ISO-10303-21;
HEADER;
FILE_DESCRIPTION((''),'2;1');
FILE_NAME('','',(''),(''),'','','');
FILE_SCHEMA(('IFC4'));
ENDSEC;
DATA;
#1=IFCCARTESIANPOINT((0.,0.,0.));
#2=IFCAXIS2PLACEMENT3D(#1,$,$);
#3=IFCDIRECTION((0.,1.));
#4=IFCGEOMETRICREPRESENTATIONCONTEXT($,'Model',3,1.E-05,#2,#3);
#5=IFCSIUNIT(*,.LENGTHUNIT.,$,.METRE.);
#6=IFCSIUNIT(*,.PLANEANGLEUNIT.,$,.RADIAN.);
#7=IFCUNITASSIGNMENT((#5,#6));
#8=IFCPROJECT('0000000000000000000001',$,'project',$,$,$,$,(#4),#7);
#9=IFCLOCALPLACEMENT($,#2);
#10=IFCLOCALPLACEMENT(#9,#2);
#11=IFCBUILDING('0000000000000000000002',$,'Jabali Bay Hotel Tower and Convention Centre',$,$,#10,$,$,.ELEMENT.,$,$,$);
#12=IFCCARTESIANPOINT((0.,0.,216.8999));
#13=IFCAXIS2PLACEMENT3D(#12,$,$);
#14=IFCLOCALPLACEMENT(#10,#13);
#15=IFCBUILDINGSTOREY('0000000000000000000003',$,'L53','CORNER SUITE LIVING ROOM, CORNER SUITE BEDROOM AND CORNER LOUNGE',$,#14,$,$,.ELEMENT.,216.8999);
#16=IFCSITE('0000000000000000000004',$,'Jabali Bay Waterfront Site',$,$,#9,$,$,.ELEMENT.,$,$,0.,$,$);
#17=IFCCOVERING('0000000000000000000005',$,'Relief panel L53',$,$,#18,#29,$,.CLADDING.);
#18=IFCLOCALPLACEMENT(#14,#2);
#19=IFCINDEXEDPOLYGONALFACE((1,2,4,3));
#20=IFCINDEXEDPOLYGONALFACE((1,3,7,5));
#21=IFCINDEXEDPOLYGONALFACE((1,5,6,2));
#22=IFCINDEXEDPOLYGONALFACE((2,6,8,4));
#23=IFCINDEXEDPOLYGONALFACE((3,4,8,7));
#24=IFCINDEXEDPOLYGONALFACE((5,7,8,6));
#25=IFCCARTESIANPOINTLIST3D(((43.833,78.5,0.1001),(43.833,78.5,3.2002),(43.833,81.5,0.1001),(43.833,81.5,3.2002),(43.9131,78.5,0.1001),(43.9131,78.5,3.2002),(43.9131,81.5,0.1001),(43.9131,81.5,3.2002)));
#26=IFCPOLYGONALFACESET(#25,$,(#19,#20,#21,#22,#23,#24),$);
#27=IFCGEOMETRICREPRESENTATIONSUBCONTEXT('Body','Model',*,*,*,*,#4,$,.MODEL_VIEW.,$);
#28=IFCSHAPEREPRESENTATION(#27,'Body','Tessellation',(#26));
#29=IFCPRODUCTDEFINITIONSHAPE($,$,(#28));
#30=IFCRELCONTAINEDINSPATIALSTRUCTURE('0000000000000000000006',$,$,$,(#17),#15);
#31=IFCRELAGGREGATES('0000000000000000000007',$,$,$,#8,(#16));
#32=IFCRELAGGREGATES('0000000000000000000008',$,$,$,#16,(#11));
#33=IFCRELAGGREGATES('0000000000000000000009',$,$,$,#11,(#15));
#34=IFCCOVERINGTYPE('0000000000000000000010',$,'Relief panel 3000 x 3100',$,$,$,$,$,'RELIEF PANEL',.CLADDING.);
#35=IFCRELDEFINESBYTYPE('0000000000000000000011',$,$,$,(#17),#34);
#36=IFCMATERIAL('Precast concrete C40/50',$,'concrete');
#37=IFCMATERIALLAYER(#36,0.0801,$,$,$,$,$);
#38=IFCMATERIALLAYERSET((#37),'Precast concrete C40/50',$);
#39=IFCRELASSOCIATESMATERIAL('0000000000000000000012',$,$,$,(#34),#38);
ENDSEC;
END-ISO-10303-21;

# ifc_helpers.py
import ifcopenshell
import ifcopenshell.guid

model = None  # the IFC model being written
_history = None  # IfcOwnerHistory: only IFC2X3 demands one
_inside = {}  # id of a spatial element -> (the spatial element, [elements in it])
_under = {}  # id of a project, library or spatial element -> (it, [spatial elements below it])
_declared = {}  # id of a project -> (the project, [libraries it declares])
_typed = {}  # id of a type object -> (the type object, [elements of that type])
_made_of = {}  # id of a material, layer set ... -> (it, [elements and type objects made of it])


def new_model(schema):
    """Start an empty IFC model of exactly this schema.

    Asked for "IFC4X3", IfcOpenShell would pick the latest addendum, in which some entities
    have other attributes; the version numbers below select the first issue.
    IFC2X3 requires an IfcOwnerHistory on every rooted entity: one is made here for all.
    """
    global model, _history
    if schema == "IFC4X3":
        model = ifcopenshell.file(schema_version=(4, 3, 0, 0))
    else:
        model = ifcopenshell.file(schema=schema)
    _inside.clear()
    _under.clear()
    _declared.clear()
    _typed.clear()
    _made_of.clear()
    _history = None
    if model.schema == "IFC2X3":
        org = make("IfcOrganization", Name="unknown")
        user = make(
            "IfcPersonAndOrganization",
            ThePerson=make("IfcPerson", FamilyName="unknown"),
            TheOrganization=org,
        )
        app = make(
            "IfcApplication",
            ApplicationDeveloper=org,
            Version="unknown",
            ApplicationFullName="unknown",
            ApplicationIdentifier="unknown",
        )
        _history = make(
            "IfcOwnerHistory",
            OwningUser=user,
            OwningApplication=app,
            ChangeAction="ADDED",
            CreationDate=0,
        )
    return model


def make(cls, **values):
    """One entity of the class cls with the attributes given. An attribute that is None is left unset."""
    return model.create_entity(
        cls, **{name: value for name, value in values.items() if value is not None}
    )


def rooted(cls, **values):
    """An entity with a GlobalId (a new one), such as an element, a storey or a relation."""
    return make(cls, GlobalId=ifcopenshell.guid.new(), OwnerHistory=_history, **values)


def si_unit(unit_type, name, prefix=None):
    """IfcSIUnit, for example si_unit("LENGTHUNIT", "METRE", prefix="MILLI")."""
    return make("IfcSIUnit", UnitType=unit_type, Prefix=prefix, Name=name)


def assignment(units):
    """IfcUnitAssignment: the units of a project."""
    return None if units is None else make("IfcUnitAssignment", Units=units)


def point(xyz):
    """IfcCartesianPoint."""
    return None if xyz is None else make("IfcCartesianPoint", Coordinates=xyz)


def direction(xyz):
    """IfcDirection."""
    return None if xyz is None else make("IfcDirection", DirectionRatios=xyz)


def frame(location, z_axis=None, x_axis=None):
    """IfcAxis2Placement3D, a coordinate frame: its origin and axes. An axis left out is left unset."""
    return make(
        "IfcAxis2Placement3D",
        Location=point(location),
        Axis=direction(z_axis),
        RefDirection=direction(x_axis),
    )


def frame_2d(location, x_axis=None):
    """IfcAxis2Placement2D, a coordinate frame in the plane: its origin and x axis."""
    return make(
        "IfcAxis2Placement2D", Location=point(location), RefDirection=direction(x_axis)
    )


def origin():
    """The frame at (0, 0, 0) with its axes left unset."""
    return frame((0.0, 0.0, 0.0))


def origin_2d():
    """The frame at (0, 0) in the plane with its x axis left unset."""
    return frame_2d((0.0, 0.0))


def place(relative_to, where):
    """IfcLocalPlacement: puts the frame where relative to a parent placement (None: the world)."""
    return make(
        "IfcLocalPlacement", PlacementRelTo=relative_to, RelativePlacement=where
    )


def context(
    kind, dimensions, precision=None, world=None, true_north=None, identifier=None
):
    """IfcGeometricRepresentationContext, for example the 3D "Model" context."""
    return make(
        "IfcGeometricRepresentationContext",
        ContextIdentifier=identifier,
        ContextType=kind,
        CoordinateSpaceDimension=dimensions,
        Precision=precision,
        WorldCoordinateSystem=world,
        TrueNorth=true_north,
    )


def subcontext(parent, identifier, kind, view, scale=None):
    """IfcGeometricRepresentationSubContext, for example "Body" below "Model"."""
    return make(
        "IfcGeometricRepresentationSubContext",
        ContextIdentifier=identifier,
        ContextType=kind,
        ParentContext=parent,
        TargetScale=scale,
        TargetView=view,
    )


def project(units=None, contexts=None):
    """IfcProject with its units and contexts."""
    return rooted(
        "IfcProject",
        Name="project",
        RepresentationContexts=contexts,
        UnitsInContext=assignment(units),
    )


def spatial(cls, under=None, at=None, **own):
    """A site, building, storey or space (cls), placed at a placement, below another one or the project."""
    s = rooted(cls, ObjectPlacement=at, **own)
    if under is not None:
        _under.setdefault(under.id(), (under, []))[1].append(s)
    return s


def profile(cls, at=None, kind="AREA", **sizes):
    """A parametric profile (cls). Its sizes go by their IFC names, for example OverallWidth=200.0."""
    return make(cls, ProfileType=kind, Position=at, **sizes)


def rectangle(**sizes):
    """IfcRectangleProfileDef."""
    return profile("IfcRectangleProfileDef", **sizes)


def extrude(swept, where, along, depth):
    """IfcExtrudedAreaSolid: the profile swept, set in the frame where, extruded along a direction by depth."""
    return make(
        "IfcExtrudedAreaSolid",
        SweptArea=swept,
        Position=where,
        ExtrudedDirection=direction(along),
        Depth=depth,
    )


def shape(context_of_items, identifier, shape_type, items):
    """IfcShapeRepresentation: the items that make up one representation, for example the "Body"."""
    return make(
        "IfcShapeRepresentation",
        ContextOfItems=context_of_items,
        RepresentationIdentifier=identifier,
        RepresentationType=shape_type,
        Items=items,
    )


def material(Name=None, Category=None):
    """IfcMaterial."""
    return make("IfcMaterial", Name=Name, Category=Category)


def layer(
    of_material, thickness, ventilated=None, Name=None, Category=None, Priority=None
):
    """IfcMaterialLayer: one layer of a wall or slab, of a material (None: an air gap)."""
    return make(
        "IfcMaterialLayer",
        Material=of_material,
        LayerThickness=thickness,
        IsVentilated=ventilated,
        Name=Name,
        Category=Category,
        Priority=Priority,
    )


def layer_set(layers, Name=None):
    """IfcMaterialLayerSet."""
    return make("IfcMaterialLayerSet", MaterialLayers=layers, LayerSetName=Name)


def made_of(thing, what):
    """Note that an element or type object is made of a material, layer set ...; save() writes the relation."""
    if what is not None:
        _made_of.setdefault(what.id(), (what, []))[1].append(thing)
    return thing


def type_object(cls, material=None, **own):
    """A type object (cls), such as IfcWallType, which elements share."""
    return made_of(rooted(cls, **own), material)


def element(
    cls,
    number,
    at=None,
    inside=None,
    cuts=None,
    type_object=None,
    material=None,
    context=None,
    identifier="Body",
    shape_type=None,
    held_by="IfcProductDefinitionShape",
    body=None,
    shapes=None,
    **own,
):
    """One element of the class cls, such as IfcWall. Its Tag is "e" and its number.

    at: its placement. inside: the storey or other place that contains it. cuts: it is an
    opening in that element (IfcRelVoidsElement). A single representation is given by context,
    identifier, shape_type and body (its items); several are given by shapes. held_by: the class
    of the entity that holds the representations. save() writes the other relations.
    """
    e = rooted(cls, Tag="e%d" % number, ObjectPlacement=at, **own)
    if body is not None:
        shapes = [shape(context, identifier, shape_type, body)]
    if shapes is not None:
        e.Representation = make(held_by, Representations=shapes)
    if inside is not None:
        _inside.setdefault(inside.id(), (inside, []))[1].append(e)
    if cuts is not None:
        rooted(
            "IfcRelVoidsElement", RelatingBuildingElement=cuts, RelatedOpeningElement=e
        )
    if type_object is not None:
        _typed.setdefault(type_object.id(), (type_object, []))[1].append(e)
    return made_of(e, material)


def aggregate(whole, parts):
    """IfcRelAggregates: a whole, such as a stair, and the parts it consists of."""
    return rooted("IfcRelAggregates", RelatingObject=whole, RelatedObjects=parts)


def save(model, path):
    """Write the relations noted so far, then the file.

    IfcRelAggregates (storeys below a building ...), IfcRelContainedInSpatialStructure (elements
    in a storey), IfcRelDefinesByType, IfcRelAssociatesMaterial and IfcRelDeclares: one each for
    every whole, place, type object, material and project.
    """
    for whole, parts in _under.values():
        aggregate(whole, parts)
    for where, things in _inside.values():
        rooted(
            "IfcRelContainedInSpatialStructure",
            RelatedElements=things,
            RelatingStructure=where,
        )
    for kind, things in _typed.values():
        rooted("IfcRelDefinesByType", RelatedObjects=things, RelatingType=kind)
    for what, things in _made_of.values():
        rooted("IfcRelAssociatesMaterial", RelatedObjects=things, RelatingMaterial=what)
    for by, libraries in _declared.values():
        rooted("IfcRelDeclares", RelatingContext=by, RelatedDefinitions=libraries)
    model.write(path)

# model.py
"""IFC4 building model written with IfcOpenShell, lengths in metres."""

from ifc_helpers import new_model, si_unit, direction, frame, origin, origin_2d, place, context, subcontext, project, spatial, rectangle, extrude, material, layer, layer_set, type_object, element, save


model = new_model("IFC4")

# Units and contexts
model_context = context("Model", 3, precision=1e-05, world=origin(), true_north=direction((0.0, 1.0)))
body_context = subcontext(model_context, "Body", "Model", "MODEL_VIEW")
ifc_project = project(units=[si_unit("LENGTHUNIT", "METRE"), si_unit("PLANEANGLEUNIT", "RADIAN")], contexts=[model_context])

# Site, building, storey
site_placement = place(None, origin())
site = spatial("IfcSite", under=ifc_project, at=site_placement, Name="Jabali Bay Waterfront Site", CompositionType="ELEMENT", RefElevation=0.0)
building_placement = place(site_placement, origin())
building = spatial("IfcBuilding", under=site, at=building_placement, Name="Jabali Bay Hotel Tower and Convention Centre", CompositionType="ELEMENT")
storey_placement = place(building_placement, frame((0.0, 0.0, 216.8999)))
storey = spatial("IfcBuildingStorey", under=building, at=storey_placement, Name="L53", Description="CORNER SUITE LIVING ROOM, CORNER SUITE BEDROOM AND CORNER LOUNGE", CompositionType="ELEMENT", Elevation=216.8999)

# Covering
ifc_material_1 = material(Name="Precast concrete C40/50", Category="concrete")
ifc_layer_1 = layer(ifc_material_1, 0.0801)
ifc_layer_set_1 = layer_set([ifc_layer_1], Name="Precast concrete C40/50")
covering_type = type_object("IfcCoveringType", Name="Relief panel 3000 x 3100", ElementType="RELIEF PANEL", PredefinedType="CLADDING", material=ifc_layer_set_1)
covering_placement = place(storey_placement, frame((43.873, 80.0, 0.1001), z_axis=(0.0, 0.0, 1.0), x_axis=(0.0, 1.0, 0.0)))
element("IfcCovering", 1, at=covering_placement, inside=storey, type_object=covering_type, Name="Relief panel L53", PredefinedType="CLADDING", context=body_context, shape_type="SweptSolid", body=[
    extrude(rectangle(XDim=3.0, YDim=0.0801, at=origin_2d()), origin(), (0.0, 0.0, 1.0), 3.1001),
])

save(model, "model.ifc")
